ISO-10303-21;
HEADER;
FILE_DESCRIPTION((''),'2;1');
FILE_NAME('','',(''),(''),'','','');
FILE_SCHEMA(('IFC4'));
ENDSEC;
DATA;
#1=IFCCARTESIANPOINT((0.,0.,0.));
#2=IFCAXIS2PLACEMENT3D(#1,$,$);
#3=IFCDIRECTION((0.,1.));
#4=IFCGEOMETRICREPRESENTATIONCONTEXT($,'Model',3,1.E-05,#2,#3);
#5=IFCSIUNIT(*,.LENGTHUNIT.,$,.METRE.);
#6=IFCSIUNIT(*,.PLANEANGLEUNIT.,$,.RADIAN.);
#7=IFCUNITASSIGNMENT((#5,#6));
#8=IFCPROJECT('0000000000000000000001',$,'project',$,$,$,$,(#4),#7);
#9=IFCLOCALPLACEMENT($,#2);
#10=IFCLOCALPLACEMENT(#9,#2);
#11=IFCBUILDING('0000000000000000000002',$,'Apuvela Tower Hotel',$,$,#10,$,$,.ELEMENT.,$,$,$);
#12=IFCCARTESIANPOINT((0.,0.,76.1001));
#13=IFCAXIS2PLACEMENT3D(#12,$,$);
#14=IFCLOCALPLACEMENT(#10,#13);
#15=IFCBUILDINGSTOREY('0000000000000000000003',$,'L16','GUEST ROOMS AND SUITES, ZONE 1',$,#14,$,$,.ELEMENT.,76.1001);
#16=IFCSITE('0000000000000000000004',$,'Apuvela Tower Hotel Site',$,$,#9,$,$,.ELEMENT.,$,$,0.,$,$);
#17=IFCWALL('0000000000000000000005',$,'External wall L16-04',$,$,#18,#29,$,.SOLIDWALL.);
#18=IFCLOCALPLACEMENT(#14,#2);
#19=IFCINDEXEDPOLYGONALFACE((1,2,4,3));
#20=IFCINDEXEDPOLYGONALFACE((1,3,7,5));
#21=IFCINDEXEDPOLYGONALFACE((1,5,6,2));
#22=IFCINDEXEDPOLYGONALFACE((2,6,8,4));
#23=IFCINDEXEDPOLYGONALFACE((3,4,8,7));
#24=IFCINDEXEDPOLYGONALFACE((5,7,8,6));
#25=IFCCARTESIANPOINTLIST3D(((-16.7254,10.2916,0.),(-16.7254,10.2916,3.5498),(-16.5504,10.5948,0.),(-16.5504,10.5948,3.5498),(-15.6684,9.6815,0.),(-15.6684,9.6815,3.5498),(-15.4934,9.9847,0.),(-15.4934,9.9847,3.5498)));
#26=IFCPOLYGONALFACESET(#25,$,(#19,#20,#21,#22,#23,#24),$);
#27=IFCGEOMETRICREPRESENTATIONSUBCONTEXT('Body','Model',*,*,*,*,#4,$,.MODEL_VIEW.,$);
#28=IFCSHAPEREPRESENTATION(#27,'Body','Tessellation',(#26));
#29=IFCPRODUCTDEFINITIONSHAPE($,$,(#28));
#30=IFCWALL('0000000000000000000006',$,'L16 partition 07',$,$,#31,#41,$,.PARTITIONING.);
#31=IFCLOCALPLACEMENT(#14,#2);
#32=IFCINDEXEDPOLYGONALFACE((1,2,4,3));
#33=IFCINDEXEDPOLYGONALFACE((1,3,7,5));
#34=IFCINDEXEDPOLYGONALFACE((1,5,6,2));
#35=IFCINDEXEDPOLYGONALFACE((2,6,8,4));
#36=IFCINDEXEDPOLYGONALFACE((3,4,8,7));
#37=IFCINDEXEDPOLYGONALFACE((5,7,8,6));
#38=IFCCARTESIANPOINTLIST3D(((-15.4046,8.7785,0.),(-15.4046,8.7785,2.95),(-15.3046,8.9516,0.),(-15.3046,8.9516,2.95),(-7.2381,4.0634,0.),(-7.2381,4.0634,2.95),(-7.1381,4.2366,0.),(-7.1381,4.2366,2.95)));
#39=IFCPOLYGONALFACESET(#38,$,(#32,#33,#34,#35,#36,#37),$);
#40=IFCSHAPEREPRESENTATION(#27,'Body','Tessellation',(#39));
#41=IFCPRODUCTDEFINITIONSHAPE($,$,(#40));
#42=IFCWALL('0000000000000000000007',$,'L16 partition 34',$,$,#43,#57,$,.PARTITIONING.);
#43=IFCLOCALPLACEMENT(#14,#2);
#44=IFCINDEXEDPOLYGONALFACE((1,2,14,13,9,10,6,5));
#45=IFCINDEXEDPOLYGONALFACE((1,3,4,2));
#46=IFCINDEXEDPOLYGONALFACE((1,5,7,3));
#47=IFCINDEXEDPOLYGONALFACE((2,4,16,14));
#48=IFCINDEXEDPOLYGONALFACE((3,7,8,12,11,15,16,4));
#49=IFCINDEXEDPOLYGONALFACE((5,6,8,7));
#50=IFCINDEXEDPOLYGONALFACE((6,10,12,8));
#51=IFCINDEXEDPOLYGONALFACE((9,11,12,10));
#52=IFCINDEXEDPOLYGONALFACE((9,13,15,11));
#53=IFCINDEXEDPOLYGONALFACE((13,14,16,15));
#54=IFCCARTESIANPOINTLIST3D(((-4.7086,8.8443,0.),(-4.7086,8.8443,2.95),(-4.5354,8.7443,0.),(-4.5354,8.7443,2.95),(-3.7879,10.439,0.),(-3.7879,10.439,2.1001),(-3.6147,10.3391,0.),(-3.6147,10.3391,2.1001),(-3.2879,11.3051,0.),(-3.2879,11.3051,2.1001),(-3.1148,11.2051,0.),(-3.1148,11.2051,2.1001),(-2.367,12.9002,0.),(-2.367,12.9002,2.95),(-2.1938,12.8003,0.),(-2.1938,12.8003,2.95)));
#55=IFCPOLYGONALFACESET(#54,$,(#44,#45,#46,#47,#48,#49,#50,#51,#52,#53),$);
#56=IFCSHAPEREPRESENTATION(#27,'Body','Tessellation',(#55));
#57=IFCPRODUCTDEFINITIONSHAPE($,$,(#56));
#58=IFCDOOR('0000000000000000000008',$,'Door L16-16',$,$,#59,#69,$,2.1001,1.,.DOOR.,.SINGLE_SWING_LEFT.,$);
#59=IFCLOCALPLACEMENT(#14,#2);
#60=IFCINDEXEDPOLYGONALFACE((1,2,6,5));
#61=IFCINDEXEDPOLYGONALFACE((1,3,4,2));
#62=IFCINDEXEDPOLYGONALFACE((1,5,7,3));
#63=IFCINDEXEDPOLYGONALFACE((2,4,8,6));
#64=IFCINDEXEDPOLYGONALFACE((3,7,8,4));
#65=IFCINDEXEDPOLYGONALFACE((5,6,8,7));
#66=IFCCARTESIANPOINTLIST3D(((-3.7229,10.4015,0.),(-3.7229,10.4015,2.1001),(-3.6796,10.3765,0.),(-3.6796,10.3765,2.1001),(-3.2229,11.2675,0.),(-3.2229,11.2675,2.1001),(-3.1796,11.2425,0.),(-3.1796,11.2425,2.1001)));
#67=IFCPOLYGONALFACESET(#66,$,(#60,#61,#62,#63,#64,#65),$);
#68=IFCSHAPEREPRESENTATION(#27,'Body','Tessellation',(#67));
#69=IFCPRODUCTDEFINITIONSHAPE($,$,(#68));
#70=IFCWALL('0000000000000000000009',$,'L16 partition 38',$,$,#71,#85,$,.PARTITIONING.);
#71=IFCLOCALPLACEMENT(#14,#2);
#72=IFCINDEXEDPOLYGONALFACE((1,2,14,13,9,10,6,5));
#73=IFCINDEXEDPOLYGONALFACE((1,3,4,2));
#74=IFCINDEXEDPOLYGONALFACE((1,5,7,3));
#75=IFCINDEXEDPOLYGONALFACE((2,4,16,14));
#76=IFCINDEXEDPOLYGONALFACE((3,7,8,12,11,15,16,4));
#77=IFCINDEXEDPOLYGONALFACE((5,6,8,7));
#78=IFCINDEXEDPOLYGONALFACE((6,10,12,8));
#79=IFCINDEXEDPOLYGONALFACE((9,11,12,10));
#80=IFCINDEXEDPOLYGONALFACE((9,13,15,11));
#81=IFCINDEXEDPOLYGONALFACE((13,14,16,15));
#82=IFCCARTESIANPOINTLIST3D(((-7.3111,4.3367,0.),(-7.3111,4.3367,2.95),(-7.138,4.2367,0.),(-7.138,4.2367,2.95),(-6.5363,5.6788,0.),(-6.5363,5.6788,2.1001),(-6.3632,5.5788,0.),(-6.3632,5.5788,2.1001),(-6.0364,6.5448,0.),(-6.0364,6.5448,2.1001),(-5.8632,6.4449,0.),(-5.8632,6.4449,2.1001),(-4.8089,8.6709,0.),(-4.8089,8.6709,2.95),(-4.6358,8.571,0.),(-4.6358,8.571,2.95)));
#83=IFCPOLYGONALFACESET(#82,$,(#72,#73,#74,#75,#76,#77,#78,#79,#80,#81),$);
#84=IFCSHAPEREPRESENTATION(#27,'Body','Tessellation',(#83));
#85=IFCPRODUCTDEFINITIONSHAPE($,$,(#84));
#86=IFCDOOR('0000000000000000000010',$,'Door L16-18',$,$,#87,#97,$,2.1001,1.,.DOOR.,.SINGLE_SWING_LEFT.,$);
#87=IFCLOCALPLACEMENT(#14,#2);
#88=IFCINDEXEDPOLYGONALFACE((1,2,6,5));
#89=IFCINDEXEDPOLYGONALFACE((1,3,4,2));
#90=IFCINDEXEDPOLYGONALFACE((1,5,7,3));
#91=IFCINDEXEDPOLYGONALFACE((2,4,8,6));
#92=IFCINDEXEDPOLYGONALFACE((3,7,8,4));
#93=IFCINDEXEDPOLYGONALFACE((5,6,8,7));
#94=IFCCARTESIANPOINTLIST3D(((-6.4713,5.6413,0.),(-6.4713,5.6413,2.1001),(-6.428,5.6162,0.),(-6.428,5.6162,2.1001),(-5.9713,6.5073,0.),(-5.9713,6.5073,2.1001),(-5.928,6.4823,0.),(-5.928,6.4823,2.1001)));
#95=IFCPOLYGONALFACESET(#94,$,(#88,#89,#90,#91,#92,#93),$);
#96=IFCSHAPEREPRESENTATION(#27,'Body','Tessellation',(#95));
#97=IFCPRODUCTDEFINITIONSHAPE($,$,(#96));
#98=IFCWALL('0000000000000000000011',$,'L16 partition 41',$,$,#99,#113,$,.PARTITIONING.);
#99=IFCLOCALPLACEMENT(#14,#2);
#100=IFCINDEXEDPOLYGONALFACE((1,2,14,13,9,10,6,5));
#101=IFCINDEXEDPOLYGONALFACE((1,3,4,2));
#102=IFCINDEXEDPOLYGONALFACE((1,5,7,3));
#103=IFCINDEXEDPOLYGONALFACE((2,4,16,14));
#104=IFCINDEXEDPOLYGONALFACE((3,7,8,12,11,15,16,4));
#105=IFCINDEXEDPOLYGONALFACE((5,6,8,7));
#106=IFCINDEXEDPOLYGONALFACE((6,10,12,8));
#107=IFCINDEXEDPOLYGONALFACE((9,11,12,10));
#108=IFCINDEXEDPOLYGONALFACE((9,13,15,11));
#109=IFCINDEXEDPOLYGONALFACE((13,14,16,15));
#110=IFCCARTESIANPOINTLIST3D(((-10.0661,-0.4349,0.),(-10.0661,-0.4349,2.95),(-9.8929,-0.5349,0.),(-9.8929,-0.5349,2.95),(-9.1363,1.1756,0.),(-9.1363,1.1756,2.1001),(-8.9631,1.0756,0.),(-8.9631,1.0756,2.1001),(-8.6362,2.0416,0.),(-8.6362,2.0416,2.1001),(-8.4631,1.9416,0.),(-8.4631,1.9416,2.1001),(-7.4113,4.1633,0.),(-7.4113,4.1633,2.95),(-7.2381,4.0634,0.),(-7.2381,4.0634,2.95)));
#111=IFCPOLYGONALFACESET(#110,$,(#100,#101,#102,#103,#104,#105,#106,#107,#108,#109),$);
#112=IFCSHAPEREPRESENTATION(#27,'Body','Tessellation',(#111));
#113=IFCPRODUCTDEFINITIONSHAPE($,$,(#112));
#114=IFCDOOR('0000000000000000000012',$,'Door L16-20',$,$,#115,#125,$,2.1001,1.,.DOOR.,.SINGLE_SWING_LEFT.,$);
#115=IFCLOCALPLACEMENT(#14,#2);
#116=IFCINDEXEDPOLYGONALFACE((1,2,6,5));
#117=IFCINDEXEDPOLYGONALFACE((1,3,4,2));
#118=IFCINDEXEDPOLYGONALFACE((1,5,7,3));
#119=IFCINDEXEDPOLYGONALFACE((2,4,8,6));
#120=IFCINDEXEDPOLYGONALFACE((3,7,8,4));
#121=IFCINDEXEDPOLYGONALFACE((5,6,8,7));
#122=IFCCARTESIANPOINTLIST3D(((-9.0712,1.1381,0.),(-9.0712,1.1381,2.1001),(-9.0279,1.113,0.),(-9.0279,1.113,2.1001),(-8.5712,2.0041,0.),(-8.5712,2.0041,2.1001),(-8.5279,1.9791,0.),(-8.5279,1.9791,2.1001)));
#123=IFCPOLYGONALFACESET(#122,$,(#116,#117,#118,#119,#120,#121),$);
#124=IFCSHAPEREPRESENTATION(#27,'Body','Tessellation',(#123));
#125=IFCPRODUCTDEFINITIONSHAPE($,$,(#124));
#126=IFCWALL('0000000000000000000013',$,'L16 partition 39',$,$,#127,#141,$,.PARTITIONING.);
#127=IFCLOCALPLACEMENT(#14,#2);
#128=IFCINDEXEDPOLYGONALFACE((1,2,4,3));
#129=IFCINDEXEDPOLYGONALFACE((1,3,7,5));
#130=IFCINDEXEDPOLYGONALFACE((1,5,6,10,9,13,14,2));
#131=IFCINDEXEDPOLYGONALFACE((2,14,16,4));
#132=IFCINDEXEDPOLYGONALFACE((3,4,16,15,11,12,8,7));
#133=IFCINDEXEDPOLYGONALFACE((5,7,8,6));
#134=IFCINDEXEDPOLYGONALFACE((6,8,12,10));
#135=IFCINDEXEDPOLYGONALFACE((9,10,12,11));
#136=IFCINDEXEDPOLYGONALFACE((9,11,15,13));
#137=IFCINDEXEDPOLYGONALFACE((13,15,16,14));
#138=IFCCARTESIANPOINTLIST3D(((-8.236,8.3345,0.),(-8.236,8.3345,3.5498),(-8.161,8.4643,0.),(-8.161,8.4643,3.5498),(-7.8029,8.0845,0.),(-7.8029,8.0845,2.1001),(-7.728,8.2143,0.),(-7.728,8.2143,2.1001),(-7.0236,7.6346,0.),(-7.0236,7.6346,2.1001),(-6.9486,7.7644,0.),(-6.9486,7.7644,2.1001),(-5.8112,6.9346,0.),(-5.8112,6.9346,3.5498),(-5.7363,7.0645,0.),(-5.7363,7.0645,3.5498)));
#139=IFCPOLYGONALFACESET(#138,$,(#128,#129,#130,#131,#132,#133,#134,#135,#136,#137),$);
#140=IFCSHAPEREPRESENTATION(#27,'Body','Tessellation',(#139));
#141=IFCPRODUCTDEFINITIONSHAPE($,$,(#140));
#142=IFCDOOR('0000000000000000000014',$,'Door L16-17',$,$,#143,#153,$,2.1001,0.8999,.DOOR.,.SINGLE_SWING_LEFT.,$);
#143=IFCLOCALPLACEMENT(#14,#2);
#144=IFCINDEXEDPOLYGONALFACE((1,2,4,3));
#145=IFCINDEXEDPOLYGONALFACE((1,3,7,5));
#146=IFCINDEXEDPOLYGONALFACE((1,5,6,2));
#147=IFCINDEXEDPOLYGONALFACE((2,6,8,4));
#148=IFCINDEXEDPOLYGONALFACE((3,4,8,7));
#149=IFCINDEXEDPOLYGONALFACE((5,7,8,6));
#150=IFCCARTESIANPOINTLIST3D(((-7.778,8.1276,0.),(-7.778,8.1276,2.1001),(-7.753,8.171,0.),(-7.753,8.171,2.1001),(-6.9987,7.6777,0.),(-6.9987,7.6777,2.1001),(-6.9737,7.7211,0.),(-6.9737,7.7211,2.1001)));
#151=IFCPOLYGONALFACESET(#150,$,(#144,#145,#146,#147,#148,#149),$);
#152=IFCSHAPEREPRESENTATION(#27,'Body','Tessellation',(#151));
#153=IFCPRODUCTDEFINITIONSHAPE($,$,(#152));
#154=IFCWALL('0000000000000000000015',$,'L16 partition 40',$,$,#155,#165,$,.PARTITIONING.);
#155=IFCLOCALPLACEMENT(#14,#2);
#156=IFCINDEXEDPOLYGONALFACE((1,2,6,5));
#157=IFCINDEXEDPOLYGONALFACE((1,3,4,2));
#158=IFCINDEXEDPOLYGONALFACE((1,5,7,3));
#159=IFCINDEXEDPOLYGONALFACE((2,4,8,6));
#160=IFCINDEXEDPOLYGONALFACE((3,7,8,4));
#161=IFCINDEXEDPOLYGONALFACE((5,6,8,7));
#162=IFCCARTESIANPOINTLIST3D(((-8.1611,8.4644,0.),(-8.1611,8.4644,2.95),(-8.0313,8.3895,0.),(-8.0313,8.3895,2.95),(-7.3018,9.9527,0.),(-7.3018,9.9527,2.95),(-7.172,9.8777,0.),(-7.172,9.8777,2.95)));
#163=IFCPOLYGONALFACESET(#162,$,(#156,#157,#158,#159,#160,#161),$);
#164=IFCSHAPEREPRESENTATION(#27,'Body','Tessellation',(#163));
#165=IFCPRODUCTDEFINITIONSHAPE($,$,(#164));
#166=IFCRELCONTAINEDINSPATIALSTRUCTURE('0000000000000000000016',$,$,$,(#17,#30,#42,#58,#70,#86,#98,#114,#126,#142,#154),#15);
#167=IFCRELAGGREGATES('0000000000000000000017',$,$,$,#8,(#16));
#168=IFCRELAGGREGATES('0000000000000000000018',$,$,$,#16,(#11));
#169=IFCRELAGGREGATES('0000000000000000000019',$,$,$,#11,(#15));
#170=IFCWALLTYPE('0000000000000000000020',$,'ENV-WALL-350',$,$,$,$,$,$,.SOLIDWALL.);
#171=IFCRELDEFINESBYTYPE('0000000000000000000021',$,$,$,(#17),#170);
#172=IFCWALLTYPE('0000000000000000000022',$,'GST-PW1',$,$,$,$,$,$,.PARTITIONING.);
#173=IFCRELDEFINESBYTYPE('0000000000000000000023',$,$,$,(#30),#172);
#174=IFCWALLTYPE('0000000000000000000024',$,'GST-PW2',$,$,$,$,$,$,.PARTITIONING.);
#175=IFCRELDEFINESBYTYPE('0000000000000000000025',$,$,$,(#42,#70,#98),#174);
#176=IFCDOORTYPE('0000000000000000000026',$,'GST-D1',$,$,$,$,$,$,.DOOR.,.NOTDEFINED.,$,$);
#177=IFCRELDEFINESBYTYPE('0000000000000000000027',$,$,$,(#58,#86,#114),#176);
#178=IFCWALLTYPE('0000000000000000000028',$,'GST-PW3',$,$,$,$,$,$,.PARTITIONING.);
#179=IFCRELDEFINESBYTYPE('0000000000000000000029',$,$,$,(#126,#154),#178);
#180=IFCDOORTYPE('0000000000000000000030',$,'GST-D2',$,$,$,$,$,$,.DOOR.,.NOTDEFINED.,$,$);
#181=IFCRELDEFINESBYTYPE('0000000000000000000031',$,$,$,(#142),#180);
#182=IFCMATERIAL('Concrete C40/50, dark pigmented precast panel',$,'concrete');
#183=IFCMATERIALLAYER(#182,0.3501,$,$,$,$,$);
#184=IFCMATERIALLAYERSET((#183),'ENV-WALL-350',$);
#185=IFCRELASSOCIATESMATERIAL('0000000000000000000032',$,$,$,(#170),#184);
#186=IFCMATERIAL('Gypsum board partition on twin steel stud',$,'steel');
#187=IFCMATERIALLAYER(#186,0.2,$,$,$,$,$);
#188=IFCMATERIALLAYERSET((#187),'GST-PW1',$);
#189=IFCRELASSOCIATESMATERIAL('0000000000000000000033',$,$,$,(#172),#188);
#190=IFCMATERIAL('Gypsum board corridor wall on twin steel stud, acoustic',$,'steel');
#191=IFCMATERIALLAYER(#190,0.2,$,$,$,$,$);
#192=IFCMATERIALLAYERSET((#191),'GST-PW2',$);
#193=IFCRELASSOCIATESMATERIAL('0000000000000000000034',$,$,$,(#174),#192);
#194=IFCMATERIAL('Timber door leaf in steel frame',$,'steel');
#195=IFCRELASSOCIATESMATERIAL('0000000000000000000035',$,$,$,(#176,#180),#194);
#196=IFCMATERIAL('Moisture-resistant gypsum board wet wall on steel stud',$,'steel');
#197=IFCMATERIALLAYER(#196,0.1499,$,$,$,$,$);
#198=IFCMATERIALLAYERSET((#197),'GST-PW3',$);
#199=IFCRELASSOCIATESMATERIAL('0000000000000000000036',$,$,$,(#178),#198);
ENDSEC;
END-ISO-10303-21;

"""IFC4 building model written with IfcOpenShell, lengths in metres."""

from ifc_helpers import new_model, si_unit, direction, frame, frame_2d, origin, place, context, subcontext, project, spatial, rectangle, extrude, material, layer, layer_set, type_object, element, fill, save


model = new_model("IFC4")

# Units and contexts
model_context = context("Model", 3, precision=1e-05, world=origin(), true_north=direction((0.0, 1.0)))
body_context = subcontext(model_context, "Body", "Model", "MODEL_VIEW")
ifc_project = project(units=[si_unit("LENGTHUNIT", "METRE"), si_unit("PLANEANGLEUNIT", "RADIAN")], contexts=[model_context])

# Site, building, storey
site_placement = place(None, origin())
site = spatial("IfcSite", under=ifc_project, at=site_placement, Name="Apuvela Tower Hotel Site", CompositionType="ELEMENT", RefElevation=0.0)
building_placement = place(site_placement, origin())
building = spatial("IfcBuilding", under=site, at=building_placement, Name="Apuvela Tower Hotel", CompositionType="ELEMENT")
storey_placement = place(building_placement, frame((0.0, 0.0, 76.1001)))
storey = spatial("IfcBuildingStorey", under=building, at=storey_placement, Name="L16", Description="GUEST ROOMS AND SUITES, ZONE 1", CompositionType="ELEMENT", Elevation=76.1001)

# Walls
ifc_material_1 = material(Name="Concrete C40/50, dark pigmented precast panel", Category="concrete")
ifc_layer_1 = layer(ifc_material_1, 0.3501)
ifc_layer_set_1 = layer_set([ifc_layer_1], Name="ENV-WALL-350")
wall_type_1 = type_object("IfcWallType", Name="ENV-WALL-350", PredefinedType="SOLIDWALL", material=ifc_layer_set_1)
wall_1_placement = place(storey_placement, frame((-15.5808, 9.833, 0.0), z_axis=(0.0, 0.0, 1.0), x_axis=(-0.866056, 0.499948, 0.0)))
element("IfcWall", 1, at=wall_1_placement, inside=storey, type_object=wall_type_1, Name="External wall L16-04", PredefinedType="SOLIDWALL", context=body_context, shape_type="SweptSolid", body=[
    extrude(rectangle(XDim=1.2205, YDim=0.3501, at=frame_2d((0.6104, 0.0))), origin(), (0.0, 0.0, 1.0), 3.5498),
])
ifc_material_2 = material(Name="Gypsum board partition on twin steel stud", Category="steel")
ifc_layer_2 = layer(ifc_material_2, 0.2)
ifc_layer_set_2 = layer_set([ifc_layer_2], Name="GST-PW1")
wall_type_2 = type_object("IfcWallType", Name="GST-PW1", PredefinedType="PARTITIONING", material=ifc_layer_set_2)
wall_2_placement = place(storey_placement, frame((-15.3545, 8.865, 0.0), z_axis=(0.0, 0.0, 1.0), x_axis=(0.866018, -0.500012, 0.0)))
element("IfcWall", 2, at=wall_2_placement, inside=storey, type_object=wall_type_2, Name="L16 partition 07", PredefinedType="PARTITIONING", context=body_context, shape_type="SweptSolid", body=[
    extrude(rectangle(XDim=9.4299, YDim=0.2, at=frame_2d((4.7148, 0.0))), origin(), (0.0, 0.0, 1.0), 2.95),
])

# Walls, openings, doors
ifc_material_3 = material(Name="Gypsum board corridor wall on twin steel stud, acoustic", Category="steel")
ifc_layer_3 = layer(ifc_material_3, 0.2)
ifc_layer_set_3 = layer_set([ifc_layer_3], Name="GST-PW2")
wall_type_3 = type_object("IfcWallType", Name="GST-PW2", PredefinedType="PARTITIONING", material=ifc_layer_set_3)
wall_3_placement = place(storey_placement, frame((-4.6221, 8.7942, 0.0), z_axis=(0.0, 0.0, 1.0), x_axis=(0.49998, 0.866037, 0.0)))
wall_3 = element("IfcWall", 3, at=wall_3_placement, inside=storey, type_object=wall_type_3, Name="L16 partition 34", PredefinedType="PARTITIONING", context=body_context, shape_type="SweptSolid", body=[
    extrude(rectangle(XDim=4.6833, YDim=0.2, at=frame_2d((2.3418, 0.0))), origin(), (0.0, 0.0, 1.0), 2.95),
])
opening_1_placement = place(wall_3_placement, frame((1.8416, 0.0, 0.0)))
opening_1 = element("IfcOpeningElement", 4, at=opening_1_placement, cuts=wall_3, PredefinedType="OPENING", context=body_context, shape_type="SweptSolid", body=[
    extrude(rectangle(XDim=1.0, YDim=2.1001, at=frame_2d((0.5, 1.05))), frame((0.0, 0.1099, 0.0), z_axis=(0.0, -1.0, 0.0), x_axis=(1.0, 0.0, 0.0)), (0.0, 0.0, 1.0), 0.22),
])
ifc_material_4 = material(Name="Timber door leaf in steel frame", Category="steel")
door_type_1 = type_object("IfcDoorType", Name="GST-D1", OperationType="NOTDEFINED", PredefinedType="DOOR", material=ifc_material_4)
door_1_placement = place(opening_1_placement, origin())
door_1 = element("IfcDoor", 5, at=door_1_placement, inside=storey, type_object=door_type_1, Name="Door L16-16", OperationType="SINGLE_SWING_LEFT", OverallHeight=2.1001, OverallWidth=1.0, PredefinedType="DOOR", context=body_context, shape_type="SweptSolid", body=[
    extrude(rectangle(XDim=1.0, YDim=2.1001, at=frame_2d((0.5, 1.05))), frame((0.0, 0.0249, 0.0), z_axis=(0.0, -1.0, 0.0), x_axis=(1.0, 0.0, 0.0)), (0.0, 0.0, 1.0), 0.05),
])
fill(opening_1, door_1)
wall_4_placement = place(storey_placement, frame((-7.2246, 4.2866, 0.0), z_axis=(0.0, 0.0, 1.0), x_axis=(0.499974, 0.86604, 0.0)))
wall_4 = element("IfcWall", 6, at=wall_4_placement, inside=storey, type_object=wall_type_3, Name="L16 partition 38", PredefinedType="PARTITIONING", context=body_context, shape_type="SweptSolid", body=[
    extrude(rectangle(XDim=5.0046, YDim=0.2, at=frame_2d((2.5024, 0.0))), origin(), (0.0, 0.0, 1.0), 2.95),
])
opening_2_placement = place(wall_4_placement, frame((1.5498, 0.0, 0.0)))
opening_2 = element("IfcOpeningElement", 7, at=opening_2_placement, cuts=wall_4, PredefinedType="OPENING", context=body_context, shape_type="SweptSolid", body=[
    extrude(rectangle(XDim=1.0, YDim=2.1001, at=frame_2d((0.5, 1.05))), frame((0.0, 0.1099, 0.0), z_axis=(0.0, -1.0, 0.0), x_axis=(1.0, 0.0, 0.0)), (0.0, 0.0, 1.0), 0.22),
])
door_2_placement = place(opening_2_placement, origin())
door_2 = element("IfcDoor", 8, at=door_2_placement, inside=storey, type_object=door_type_1, Name="Door L16-18", OperationType="SINGLE_SWING_LEFT", OverallHeight=2.1001, OverallWidth=1.0, PredefinedType="DOOR", context=body_context, shape_type="SweptSolid", body=[
    extrude(rectangle(XDim=1.0, YDim=2.1001, at=frame_2d((0.5, 1.05))), frame((0.0, 0.0249, 0.0), z_axis=(0.0, -1.0, 0.0), x_axis=(1.0, 0.0, 0.0)), (0.0, 0.0, 1.0), 0.05),
])
fill(opening_2, door_2)
wall_5_placement = place(storey_placement, frame((-9.9795, -0.4849, 0.0), z_axis=(0.0, 0.0, 1.0), x_axis=(0.500006, 0.866022, 0.0)))
wall_5 = element("IfcWall", 9, at=wall_5_placement, inside=storey, type_object=wall_type_3, Name="L16 partition 41", PredefinedType="PARTITIONING", context=body_context, shape_type="SweptSolid", body=[
    extrude(rectangle(XDim=5.3096, YDim=0.2, at=frame_2d((2.6548, 0.0))), origin(), (0.0, 0.0, 1.0), 2.95),
])
opening_3_placement = place(wall_5_placement, frame((1.8596, 0.0, 0.0)))
opening_3 = element("IfcOpeningElement", 10, at=opening_3_placement, cuts=wall_5, PredefinedType="OPENING", context=body_context, shape_type="SweptSolid", body=[
    extrude(rectangle(XDim=1.0, YDim=2.1001, at=frame_2d((0.5, 1.05))), frame((0.0, 0.1099, 0.0), z_axis=(0.0, -1.0, 0.0), x_axis=(1.0, 0.0, 0.0)), (0.0, 0.0, 1.0), 0.22),
])
door_3_placement = place(opening_3_placement, origin())
door_3 = element("IfcDoor", 11, at=door_3_placement, inside=storey, type_object=door_type_1, Name="Door L16-20", OperationType="SINGLE_SWING_LEFT", OverallHeight=2.1001, OverallWidth=1.0, PredefinedType="DOOR", context=body_context, shape_type="SweptSolid", body=[
    extrude(rectangle(XDim=1.0, YDim=2.1001, at=frame_2d((0.5, 1.05))), frame((0.0, 0.0249, 0.0), z_axis=(0.0, -1.0, 0.0), x_axis=(1.0, 0.0, 0.0)), (0.0, 0.0, 1.0), 0.05),
])
fill(opening_3, door_3)
ifc_material_5 = material(Name="Moisture-resistant gypsum board wet wall on steel stud", Category="steel")
ifc_layer_4 = layer(ifc_material_5, 0.1499)
ifc_layer_set_4 = layer_set([ifc_layer_4], Name="GST-PW3")
wall_type_4 = type_object("IfcWallType", Name="GST-PW3", PredefinedType="PARTITIONING", material=ifc_layer_set_4)
wall_6_placement = place(storey_placement, frame((-8.1985, 8.3994, 0.0), z_axis=(0.0, 0.0, 1.0), x_axis=(0.866035, -0.499984, 0.0)))
wall_6 = element("IfcWall", 12, at=wall_6_placement, inside=storey, type_object=wall_type_4, Name="L16 partition 39", PredefinedType="PARTITIONING", context=body_context, shape_type="SweptSolid", body=[
    extrude(rectangle(XDim=2.7998, YDim=0.1499, at=frame_2d((1.3999, 0.0))), origin(), (0.0, 0.0, 1.0), 3.5498),
])
opening_4_placement = place(wall_6_placement, frame((0.5, 0.0, 0.0)))
opening_4 = element("IfcOpeningElement", 13, at=opening_4_placement, cuts=wall_6, PredefinedType="OPENING", context=body_context, shape_type="SweptSolid", body=[
    extrude(rectangle(XDim=0.8999, YDim=2.1001, at=frame_2d((0.45, 1.05))), frame((0.0, 0.085, 0.0), z_axis=(0.0, -1.0, 0.0), x_axis=(1.0, 0.0, 0.0)), (0.0, 0.0, 1.0), 0.1699),
])
door_type_2 = type_object("IfcDoorType", Name="GST-D2", OperationType="NOTDEFINED", PredefinedType="DOOR", material=ifc_material_4)
door_4_placement = place(opening_4_placement, origin())
door_4 = element("IfcDoor", 14, at=door_4_placement, inside=storey, type_object=door_type_2, Name="Door L16-17", OperationType="SINGLE_SWING_LEFT", OverallHeight=2.1001, OverallWidth=0.8999, PredefinedType="DOOR", context=body_context, shape_type="SweptSolid", body=[
    extrude(rectangle(XDim=0.8999, YDim=2.1001, at=frame_2d((0.45, 1.05))), frame((0.0, 0.0249, 0.0), z_axis=(0.0, -1.0, 0.0), x_axis=(1.0, 0.0, 0.0)), (0.0, 0.0, 1.0), 0.05),
])
fill(opening_4, door_4)

# Wall
wall_7_placement = place(storey_placement, frame((-7.2368, 9.9153, 0.0), z_axis=(0.0, 0.0, 1.0), x_axis=(-0.50005, -0.865996, 0.0)))
element("IfcWall", 15, at=wall_7_placement, inside=storey, type_object=wall_type_4, Name="L16 partition 40", PredefinedType="PARTITIONING", context=body_context, shape_type="SweptSolid", body=[
    extrude(rectangle(XDim=1.7185, YDim=0.1499, at=frame_2d((0.8594, 0.0))), origin(), (0.0, 0.0, 1.0), 2.95),
])

save(model, "model.ifc")
